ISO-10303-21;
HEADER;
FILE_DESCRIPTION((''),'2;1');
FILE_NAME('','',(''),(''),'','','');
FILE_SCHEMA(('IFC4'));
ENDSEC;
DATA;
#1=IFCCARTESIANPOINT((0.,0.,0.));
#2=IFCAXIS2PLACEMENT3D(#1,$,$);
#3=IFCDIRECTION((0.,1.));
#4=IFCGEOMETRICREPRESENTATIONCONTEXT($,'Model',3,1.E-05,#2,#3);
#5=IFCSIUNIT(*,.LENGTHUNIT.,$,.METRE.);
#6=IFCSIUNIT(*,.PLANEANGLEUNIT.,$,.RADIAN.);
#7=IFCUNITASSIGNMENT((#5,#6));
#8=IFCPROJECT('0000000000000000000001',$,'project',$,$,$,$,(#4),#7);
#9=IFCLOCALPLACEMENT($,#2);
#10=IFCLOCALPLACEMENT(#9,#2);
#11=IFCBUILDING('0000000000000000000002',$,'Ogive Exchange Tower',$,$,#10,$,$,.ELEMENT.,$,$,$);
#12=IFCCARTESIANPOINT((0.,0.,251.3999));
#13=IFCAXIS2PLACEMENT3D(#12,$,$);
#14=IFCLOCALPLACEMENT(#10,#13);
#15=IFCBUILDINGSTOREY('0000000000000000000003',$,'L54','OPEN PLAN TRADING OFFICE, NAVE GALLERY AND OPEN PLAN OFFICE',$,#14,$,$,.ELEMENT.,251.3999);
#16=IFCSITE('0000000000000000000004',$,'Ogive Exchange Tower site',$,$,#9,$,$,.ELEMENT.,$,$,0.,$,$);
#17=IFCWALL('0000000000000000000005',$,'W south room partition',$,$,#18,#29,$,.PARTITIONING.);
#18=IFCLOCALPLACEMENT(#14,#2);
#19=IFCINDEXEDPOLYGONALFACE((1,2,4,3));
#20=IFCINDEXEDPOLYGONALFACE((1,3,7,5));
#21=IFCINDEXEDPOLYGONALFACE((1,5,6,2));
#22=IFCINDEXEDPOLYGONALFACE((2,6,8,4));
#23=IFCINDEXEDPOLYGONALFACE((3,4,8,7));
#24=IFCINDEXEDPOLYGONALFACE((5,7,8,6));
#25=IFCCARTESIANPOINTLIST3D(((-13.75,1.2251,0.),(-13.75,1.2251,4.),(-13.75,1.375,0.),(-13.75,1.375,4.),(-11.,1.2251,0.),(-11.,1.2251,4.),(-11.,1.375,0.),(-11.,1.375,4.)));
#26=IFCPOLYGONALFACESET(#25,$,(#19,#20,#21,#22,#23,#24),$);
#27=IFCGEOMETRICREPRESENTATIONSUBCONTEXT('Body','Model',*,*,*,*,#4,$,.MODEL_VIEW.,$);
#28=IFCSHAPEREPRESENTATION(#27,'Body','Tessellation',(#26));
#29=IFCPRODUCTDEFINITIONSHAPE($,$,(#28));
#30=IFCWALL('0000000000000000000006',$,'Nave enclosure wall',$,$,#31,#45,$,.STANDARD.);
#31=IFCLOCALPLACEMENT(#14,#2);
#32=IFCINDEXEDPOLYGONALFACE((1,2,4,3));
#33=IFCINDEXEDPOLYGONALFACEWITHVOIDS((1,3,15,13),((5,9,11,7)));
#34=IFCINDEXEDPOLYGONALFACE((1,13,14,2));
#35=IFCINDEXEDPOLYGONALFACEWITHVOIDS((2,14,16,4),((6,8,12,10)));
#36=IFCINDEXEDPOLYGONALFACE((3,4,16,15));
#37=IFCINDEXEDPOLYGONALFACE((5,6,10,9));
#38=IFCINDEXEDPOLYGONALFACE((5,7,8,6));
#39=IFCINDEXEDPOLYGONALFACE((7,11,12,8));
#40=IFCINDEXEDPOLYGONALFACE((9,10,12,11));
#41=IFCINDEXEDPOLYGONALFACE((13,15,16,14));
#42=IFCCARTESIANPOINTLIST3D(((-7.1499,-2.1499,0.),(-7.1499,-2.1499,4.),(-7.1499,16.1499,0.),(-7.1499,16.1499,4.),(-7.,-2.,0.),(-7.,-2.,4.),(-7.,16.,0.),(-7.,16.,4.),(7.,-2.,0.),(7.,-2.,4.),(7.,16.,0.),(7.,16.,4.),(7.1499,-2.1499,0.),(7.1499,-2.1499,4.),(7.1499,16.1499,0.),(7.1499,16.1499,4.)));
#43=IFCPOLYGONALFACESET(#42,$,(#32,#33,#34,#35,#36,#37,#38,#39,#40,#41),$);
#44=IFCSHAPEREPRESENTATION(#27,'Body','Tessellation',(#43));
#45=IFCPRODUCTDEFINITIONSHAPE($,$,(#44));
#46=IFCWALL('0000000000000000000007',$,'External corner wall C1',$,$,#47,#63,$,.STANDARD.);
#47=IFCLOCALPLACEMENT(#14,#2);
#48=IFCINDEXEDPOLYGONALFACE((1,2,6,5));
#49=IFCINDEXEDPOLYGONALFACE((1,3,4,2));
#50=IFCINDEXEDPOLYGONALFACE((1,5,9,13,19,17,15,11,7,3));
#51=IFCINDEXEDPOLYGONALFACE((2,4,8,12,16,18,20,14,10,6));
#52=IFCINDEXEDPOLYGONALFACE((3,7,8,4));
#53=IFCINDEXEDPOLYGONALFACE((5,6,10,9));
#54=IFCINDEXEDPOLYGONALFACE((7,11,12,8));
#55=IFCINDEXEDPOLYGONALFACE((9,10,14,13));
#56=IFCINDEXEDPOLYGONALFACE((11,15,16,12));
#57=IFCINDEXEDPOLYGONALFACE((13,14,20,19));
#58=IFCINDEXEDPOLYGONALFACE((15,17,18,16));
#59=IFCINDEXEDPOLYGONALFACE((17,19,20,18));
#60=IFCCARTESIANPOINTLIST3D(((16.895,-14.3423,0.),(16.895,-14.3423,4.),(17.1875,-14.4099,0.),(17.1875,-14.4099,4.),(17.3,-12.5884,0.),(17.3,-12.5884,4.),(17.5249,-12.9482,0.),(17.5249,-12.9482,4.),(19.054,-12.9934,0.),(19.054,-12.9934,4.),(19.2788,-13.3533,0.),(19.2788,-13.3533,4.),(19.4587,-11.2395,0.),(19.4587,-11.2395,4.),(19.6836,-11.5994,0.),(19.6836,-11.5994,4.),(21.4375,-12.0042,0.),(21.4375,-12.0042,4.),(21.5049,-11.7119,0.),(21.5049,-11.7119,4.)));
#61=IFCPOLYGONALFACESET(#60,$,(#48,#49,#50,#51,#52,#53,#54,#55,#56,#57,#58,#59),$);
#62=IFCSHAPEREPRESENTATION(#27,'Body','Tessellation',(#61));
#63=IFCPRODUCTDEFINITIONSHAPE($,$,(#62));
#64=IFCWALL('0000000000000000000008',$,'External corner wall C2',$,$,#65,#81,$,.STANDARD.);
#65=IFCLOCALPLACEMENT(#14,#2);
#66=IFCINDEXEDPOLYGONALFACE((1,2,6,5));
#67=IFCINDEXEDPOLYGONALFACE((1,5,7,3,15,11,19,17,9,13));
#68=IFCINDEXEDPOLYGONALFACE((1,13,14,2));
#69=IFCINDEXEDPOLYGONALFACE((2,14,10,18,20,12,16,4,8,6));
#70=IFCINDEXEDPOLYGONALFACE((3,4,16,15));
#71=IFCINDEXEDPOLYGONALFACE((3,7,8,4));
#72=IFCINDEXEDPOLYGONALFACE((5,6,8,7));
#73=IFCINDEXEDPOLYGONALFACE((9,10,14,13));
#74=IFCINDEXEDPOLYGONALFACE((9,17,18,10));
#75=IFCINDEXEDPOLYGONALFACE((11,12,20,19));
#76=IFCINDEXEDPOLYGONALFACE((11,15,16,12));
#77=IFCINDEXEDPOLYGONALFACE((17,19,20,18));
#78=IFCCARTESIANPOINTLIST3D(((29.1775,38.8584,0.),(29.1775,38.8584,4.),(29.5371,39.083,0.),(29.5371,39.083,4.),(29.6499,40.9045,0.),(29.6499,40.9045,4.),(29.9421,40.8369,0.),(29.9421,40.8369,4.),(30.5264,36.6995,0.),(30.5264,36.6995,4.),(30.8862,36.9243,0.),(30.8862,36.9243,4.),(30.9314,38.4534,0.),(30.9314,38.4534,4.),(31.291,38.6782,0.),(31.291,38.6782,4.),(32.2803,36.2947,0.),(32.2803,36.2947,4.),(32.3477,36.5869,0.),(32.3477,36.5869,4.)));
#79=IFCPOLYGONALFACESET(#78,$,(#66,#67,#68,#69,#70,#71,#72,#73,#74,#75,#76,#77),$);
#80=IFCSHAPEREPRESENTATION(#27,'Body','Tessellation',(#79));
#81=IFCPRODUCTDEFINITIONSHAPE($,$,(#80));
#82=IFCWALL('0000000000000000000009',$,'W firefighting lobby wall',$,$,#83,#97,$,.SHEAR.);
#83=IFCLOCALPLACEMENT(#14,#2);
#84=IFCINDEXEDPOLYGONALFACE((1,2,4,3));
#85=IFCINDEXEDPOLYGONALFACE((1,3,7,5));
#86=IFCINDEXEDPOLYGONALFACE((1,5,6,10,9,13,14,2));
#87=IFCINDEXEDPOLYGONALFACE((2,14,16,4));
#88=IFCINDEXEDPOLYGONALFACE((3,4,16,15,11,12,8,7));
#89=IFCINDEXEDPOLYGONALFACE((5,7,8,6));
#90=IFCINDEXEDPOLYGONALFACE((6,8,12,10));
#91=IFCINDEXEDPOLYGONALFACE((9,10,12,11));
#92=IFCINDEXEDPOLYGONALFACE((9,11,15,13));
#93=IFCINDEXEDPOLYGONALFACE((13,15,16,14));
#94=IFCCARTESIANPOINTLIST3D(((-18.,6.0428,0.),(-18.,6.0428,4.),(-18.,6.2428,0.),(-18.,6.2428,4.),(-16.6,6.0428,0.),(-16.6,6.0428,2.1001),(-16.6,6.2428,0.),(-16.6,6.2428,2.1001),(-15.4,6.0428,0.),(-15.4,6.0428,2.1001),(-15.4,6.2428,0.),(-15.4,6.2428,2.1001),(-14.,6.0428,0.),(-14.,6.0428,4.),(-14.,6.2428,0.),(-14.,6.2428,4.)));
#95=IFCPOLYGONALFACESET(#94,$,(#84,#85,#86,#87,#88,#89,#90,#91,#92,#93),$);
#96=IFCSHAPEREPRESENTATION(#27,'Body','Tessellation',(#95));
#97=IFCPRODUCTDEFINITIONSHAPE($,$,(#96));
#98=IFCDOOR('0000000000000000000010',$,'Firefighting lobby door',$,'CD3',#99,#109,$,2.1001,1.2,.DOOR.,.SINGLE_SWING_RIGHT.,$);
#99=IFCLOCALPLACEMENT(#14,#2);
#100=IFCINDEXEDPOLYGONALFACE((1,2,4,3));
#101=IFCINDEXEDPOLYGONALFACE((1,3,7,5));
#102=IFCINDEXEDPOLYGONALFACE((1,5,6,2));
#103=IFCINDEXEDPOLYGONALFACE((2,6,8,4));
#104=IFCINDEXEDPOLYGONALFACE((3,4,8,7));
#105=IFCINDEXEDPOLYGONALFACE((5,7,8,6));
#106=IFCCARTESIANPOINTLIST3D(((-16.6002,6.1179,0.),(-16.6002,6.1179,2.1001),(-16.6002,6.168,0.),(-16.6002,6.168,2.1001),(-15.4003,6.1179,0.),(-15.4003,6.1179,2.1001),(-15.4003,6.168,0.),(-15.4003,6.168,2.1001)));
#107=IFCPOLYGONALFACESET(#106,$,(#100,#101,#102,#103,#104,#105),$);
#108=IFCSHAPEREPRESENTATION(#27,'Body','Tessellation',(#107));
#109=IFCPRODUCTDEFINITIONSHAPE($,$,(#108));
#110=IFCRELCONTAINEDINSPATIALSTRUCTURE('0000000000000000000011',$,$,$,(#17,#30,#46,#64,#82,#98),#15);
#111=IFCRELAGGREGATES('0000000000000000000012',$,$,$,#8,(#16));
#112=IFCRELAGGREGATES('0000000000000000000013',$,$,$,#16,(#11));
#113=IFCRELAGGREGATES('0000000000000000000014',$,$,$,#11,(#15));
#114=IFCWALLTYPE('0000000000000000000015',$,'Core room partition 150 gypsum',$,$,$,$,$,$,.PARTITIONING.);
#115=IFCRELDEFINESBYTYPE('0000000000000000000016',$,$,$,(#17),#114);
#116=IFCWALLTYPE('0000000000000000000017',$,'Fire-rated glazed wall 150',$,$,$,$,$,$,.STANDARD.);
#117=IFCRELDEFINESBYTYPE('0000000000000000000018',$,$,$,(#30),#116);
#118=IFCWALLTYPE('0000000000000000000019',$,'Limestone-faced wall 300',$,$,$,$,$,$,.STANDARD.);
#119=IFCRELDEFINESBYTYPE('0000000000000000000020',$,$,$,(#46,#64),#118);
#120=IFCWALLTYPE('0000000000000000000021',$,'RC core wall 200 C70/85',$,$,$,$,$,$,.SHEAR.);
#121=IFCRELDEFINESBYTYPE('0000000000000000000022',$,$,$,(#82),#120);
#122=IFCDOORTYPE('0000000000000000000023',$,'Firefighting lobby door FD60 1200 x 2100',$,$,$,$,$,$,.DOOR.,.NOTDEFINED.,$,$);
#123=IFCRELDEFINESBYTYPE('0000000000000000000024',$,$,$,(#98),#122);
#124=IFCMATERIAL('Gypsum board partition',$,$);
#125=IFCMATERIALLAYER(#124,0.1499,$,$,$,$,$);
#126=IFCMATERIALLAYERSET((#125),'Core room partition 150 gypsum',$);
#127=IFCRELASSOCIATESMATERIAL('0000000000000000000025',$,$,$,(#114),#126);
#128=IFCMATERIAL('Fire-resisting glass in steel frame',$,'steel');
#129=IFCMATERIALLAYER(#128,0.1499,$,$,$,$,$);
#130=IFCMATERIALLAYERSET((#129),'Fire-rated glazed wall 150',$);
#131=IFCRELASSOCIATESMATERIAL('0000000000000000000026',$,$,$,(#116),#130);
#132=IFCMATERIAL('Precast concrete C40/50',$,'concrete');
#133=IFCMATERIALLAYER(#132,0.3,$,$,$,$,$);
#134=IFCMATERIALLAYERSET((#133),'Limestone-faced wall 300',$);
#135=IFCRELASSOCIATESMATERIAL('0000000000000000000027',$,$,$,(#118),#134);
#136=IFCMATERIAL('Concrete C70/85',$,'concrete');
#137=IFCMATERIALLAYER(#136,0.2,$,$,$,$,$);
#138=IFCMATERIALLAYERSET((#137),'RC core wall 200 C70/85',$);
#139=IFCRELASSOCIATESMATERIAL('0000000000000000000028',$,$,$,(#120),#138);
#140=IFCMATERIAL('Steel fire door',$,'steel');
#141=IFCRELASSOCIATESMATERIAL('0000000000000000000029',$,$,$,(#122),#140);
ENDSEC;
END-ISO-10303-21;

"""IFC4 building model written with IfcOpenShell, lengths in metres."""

from ifc_helpers import new_model, si_unit, direction, frame, frame_2d, origin, place, context, subcontext, project, spatial, polyline, rectangle, outline, extrude, material, layer, layer_set, type_object, element, fill, save


model = new_model("IFC4")

# Units and contexts
model_context = context("Model", 3, precision=1e-05, world=origin(), true_north=direction((0.0, 1.0)))
body_context = subcontext(model_context, "Body", "Model", "MODEL_VIEW")
ifc_project = project(units=[si_unit("LENGTHUNIT", "METRE"), si_unit("PLANEANGLEUNIT", "RADIAN")], contexts=[model_context])

# Site, building, storey
site_placement = place(None, origin())
site = spatial("IfcSite", under=ifc_project, at=site_placement, Name="Ogive Exchange Tower site", CompositionType="ELEMENT", RefElevation=0.0)
building_placement = place(site_placement, origin())
building = spatial("IfcBuilding", under=site, at=building_placement, Name="Ogive Exchange Tower", CompositionType="ELEMENT")
storey_placement = place(building_placement, frame((0.0, 0.0, 251.3999)))
storey = spatial("IfcBuildingStorey", under=building, at=storey_placement, Name="L54", Description="OPEN PLAN TRADING OFFICE, NAVE GALLERY AND OPEN PLAN OFFICE", CompositionType="ELEMENT", Elevation=251.3999)

# Walls
ifc_material_1 = material(Name="Gypsum board partition")
ifc_layer_1 = layer(ifc_material_1, 0.1499)
ifc_layer_set_1 = layer_set([ifc_layer_1], Name="Core room partition 150 gypsum")
wall_type_1 = type_object("IfcWallType", Name="Core room partition 150 gypsum", PredefinedType="PARTITIONING", material=ifc_layer_set_1)
wall_1_placement = place(storey_placement, frame((-13.75, 1.3, 0.0), z_axis=(0.0, 0.0, 1.0), x_axis=(1.0, 0.0, 0.0)))
element("IfcWall", 1, at=wall_1_placement, inside=storey, type_object=wall_type_1, Name="W south room partition", PredefinedType="PARTITIONING", context=body_context, shape_type="SweptSolid", body=[
    extrude(rectangle(XDim=2.75, YDim=0.1499, at=frame_2d((1.375, 0.0))), origin(), (0.0, 0.0, 1.0), 4.0),
])
ifc_material_2 = material(Name="Fire-resisting glass in steel frame", Category="steel")
ifc_layer_2 = layer(ifc_material_2, 0.1499)
ifc_layer_set_2 = layer_set([ifc_layer_2], Name="Fire-rated glazed wall 150")
wall_type_2 = type_object("IfcWallType", Name="Fire-rated glazed wall 150", PredefinedType="STANDARD", material=ifc_layer_set_2)
wall_2_placement = place(storey_placement, origin())
element("IfcWall", 2, at=wall_2_placement, inside=storey, type_object=wall_type_2, Name="Nave enclosure wall", PredefinedType="STANDARD", context=body_context, shape_type="SweptSolid", body=[
    extrude(outline(polyline([(-7.1499, -2.1499), (7.1499, -2.1499), (7.1499, 16.1499), (-7.1499, 16.1499), (-7.1499, -2.1499)]), holes=[polyline([(-7.0, -2.0), (-7.0, 16.0), (7.0, 16.0), (7.0, -2.0), (-7.0, -2.0)])]), origin(), (0.0, 0.0, 1.0), 4.0),
])
ifc_material_3 = material(Name="Precast concrete C40/50", Category="concrete")
ifc_layer_3 = layer(ifc_material_3, 0.3)
ifc_layer_set_3 = layer_set([ifc_layer_3], Name="Limestone-faced wall 300")
wall_type_3 = type_object("IfcWallType", Name="Limestone-faced wall 300", PredefinedType="STANDARD", material=ifc_layer_set_3)
wall_3_placement = place(storey_placement, origin())
element("IfcWall", 3, at=wall_3_placement, inside=storey, type_object=wall_type_3, Name="External corner wall C1", PredefinedType="STANDARD", context=body_context, shape_type="SweptSolid", body=[
    extrude(outline(polyline([(19.054, -12.9934), (19.4587, -11.2395), (21.5049, -11.7119), (21.4375, -12.0042), (19.6836, -11.5994), (19.2788, -13.3533), (17.5249, -12.9482), (17.1875, -14.4099), (16.895, -14.3423), (17.3, -12.5884), (19.054, -12.9934)])), origin(), (0.0, 0.0, 1.0), 4.0),
])
wall_4_placement = place(storey_placement, origin())
element("IfcWall", 4, at=wall_4_placement, inside=storey, type_object=wall_type_3, Name="External corner wall C2", PredefinedType="STANDARD", context=body_context, shape_type="SweptSolid", body=[
    extrude(outline(polyline([(30.9314, 38.4534), (29.1775, 38.8584), (29.6499, 40.9045), (29.9421, 40.8369), (29.5371, 39.083), (31.291, 38.6782), (30.8862, 36.9243), (32.3477, 36.5869), (32.2803, 36.2947), (30.5264, 36.6995), (30.9314, 38.4534)])), origin(), (0.0, 0.0, 1.0), 4.0),
])

# Wall, opening, door
ifc_material_4 = material(Name="Concrete C70/85", Category="concrete")
ifc_layer_4 = layer(ifc_material_4, 0.2)
ifc_layer_set_4 = layer_set([ifc_layer_4], Name="RC core wall 200 C70/85")
wall_type_4 = type_object("IfcWallType", Name="RC core wall 200 C70/85", PredefinedType="SHEAR", material=ifc_layer_set_4)
wall_5_placement = place(storey_placement, frame((-18.0, 6.1428, 0.0), z_axis=(0.0, 0.0, 1.0), x_axis=(1.0, 0.0, 0.0)))
wall_5 = element("IfcWall", 5, at=wall_5_placement, inside=storey, type_object=wall_type_4, Name="W firefighting lobby wall", PredefinedType="SHEAR", context=body_context, shape_type="SweptSolid", body=[
    extrude(rectangle(XDim=4.0, YDim=0.2, at=frame_2d((2.0, 0.0))), origin(), (0.0, 0.0, 1.0), 4.0),
])
opening_1_placement = place(wall_5_placement, frame((1.3999, 0.0, 0.0)))
opening_1 = element("IfcOpeningElement", 6, at=opening_1_placement, cuts=wall_5, PredefinedType="OPENING", context=body_context, shape_type="SweptSolid", body=[
    extrude(rectangle(XDim=1.2, YDim=2.1001, at=frame_2d((0.6001, 1.05))), frame((0.0, 0.1099, 0.0), z_axis=(0.0, -1.0, 0.0), x_axis=(1.0, 0.0, 0.0)), (0.0, 0.0, 1.0), 0.22),
])
ifc_material_5 = material(Name="Steel fire door", Category="steel")
door_type_1 = type_object("IfcDoorType", Name="Firefighting lobby door FD60 1200 x 2100", OperationType="NOTDEFINED", PredefinedType="DOOR", material=ifc_material_5)
door_1_placement = place(opening_1_placement, frame((1.2, 0.0, 0.0), z_axis=(0.0, 0.0, 1.0), x_axis=(-1.0, 0.0, 0.0)))
door_1 = element("IfcDoor", 7, at=door_1_placement, inside=storey, type_object=door_type_1, Name="Firefighting lobby door", ObjectType="CD3", OperationType="SINGLE_SWING_RIGHT", OverallHeight=2.1001, OverallWidth=1.2, PredefinedType="DOOR", context=body_context, shape_type="SweptSolid", body=[
    extrude(rectangle(XDim=1.2, YDim=2.1001, at=frame_2d((0.6001, 1.05))), frame((0.0, 0.0249, 0.0), z_axis=(0.0, -1.0, 0.0), x_axis=(1.0, 0.0, 0.0)), (0.0, 0.0, 1.0), 0.05),
])
fill(opening_1, door_1)

save(model, "model.ifc")
